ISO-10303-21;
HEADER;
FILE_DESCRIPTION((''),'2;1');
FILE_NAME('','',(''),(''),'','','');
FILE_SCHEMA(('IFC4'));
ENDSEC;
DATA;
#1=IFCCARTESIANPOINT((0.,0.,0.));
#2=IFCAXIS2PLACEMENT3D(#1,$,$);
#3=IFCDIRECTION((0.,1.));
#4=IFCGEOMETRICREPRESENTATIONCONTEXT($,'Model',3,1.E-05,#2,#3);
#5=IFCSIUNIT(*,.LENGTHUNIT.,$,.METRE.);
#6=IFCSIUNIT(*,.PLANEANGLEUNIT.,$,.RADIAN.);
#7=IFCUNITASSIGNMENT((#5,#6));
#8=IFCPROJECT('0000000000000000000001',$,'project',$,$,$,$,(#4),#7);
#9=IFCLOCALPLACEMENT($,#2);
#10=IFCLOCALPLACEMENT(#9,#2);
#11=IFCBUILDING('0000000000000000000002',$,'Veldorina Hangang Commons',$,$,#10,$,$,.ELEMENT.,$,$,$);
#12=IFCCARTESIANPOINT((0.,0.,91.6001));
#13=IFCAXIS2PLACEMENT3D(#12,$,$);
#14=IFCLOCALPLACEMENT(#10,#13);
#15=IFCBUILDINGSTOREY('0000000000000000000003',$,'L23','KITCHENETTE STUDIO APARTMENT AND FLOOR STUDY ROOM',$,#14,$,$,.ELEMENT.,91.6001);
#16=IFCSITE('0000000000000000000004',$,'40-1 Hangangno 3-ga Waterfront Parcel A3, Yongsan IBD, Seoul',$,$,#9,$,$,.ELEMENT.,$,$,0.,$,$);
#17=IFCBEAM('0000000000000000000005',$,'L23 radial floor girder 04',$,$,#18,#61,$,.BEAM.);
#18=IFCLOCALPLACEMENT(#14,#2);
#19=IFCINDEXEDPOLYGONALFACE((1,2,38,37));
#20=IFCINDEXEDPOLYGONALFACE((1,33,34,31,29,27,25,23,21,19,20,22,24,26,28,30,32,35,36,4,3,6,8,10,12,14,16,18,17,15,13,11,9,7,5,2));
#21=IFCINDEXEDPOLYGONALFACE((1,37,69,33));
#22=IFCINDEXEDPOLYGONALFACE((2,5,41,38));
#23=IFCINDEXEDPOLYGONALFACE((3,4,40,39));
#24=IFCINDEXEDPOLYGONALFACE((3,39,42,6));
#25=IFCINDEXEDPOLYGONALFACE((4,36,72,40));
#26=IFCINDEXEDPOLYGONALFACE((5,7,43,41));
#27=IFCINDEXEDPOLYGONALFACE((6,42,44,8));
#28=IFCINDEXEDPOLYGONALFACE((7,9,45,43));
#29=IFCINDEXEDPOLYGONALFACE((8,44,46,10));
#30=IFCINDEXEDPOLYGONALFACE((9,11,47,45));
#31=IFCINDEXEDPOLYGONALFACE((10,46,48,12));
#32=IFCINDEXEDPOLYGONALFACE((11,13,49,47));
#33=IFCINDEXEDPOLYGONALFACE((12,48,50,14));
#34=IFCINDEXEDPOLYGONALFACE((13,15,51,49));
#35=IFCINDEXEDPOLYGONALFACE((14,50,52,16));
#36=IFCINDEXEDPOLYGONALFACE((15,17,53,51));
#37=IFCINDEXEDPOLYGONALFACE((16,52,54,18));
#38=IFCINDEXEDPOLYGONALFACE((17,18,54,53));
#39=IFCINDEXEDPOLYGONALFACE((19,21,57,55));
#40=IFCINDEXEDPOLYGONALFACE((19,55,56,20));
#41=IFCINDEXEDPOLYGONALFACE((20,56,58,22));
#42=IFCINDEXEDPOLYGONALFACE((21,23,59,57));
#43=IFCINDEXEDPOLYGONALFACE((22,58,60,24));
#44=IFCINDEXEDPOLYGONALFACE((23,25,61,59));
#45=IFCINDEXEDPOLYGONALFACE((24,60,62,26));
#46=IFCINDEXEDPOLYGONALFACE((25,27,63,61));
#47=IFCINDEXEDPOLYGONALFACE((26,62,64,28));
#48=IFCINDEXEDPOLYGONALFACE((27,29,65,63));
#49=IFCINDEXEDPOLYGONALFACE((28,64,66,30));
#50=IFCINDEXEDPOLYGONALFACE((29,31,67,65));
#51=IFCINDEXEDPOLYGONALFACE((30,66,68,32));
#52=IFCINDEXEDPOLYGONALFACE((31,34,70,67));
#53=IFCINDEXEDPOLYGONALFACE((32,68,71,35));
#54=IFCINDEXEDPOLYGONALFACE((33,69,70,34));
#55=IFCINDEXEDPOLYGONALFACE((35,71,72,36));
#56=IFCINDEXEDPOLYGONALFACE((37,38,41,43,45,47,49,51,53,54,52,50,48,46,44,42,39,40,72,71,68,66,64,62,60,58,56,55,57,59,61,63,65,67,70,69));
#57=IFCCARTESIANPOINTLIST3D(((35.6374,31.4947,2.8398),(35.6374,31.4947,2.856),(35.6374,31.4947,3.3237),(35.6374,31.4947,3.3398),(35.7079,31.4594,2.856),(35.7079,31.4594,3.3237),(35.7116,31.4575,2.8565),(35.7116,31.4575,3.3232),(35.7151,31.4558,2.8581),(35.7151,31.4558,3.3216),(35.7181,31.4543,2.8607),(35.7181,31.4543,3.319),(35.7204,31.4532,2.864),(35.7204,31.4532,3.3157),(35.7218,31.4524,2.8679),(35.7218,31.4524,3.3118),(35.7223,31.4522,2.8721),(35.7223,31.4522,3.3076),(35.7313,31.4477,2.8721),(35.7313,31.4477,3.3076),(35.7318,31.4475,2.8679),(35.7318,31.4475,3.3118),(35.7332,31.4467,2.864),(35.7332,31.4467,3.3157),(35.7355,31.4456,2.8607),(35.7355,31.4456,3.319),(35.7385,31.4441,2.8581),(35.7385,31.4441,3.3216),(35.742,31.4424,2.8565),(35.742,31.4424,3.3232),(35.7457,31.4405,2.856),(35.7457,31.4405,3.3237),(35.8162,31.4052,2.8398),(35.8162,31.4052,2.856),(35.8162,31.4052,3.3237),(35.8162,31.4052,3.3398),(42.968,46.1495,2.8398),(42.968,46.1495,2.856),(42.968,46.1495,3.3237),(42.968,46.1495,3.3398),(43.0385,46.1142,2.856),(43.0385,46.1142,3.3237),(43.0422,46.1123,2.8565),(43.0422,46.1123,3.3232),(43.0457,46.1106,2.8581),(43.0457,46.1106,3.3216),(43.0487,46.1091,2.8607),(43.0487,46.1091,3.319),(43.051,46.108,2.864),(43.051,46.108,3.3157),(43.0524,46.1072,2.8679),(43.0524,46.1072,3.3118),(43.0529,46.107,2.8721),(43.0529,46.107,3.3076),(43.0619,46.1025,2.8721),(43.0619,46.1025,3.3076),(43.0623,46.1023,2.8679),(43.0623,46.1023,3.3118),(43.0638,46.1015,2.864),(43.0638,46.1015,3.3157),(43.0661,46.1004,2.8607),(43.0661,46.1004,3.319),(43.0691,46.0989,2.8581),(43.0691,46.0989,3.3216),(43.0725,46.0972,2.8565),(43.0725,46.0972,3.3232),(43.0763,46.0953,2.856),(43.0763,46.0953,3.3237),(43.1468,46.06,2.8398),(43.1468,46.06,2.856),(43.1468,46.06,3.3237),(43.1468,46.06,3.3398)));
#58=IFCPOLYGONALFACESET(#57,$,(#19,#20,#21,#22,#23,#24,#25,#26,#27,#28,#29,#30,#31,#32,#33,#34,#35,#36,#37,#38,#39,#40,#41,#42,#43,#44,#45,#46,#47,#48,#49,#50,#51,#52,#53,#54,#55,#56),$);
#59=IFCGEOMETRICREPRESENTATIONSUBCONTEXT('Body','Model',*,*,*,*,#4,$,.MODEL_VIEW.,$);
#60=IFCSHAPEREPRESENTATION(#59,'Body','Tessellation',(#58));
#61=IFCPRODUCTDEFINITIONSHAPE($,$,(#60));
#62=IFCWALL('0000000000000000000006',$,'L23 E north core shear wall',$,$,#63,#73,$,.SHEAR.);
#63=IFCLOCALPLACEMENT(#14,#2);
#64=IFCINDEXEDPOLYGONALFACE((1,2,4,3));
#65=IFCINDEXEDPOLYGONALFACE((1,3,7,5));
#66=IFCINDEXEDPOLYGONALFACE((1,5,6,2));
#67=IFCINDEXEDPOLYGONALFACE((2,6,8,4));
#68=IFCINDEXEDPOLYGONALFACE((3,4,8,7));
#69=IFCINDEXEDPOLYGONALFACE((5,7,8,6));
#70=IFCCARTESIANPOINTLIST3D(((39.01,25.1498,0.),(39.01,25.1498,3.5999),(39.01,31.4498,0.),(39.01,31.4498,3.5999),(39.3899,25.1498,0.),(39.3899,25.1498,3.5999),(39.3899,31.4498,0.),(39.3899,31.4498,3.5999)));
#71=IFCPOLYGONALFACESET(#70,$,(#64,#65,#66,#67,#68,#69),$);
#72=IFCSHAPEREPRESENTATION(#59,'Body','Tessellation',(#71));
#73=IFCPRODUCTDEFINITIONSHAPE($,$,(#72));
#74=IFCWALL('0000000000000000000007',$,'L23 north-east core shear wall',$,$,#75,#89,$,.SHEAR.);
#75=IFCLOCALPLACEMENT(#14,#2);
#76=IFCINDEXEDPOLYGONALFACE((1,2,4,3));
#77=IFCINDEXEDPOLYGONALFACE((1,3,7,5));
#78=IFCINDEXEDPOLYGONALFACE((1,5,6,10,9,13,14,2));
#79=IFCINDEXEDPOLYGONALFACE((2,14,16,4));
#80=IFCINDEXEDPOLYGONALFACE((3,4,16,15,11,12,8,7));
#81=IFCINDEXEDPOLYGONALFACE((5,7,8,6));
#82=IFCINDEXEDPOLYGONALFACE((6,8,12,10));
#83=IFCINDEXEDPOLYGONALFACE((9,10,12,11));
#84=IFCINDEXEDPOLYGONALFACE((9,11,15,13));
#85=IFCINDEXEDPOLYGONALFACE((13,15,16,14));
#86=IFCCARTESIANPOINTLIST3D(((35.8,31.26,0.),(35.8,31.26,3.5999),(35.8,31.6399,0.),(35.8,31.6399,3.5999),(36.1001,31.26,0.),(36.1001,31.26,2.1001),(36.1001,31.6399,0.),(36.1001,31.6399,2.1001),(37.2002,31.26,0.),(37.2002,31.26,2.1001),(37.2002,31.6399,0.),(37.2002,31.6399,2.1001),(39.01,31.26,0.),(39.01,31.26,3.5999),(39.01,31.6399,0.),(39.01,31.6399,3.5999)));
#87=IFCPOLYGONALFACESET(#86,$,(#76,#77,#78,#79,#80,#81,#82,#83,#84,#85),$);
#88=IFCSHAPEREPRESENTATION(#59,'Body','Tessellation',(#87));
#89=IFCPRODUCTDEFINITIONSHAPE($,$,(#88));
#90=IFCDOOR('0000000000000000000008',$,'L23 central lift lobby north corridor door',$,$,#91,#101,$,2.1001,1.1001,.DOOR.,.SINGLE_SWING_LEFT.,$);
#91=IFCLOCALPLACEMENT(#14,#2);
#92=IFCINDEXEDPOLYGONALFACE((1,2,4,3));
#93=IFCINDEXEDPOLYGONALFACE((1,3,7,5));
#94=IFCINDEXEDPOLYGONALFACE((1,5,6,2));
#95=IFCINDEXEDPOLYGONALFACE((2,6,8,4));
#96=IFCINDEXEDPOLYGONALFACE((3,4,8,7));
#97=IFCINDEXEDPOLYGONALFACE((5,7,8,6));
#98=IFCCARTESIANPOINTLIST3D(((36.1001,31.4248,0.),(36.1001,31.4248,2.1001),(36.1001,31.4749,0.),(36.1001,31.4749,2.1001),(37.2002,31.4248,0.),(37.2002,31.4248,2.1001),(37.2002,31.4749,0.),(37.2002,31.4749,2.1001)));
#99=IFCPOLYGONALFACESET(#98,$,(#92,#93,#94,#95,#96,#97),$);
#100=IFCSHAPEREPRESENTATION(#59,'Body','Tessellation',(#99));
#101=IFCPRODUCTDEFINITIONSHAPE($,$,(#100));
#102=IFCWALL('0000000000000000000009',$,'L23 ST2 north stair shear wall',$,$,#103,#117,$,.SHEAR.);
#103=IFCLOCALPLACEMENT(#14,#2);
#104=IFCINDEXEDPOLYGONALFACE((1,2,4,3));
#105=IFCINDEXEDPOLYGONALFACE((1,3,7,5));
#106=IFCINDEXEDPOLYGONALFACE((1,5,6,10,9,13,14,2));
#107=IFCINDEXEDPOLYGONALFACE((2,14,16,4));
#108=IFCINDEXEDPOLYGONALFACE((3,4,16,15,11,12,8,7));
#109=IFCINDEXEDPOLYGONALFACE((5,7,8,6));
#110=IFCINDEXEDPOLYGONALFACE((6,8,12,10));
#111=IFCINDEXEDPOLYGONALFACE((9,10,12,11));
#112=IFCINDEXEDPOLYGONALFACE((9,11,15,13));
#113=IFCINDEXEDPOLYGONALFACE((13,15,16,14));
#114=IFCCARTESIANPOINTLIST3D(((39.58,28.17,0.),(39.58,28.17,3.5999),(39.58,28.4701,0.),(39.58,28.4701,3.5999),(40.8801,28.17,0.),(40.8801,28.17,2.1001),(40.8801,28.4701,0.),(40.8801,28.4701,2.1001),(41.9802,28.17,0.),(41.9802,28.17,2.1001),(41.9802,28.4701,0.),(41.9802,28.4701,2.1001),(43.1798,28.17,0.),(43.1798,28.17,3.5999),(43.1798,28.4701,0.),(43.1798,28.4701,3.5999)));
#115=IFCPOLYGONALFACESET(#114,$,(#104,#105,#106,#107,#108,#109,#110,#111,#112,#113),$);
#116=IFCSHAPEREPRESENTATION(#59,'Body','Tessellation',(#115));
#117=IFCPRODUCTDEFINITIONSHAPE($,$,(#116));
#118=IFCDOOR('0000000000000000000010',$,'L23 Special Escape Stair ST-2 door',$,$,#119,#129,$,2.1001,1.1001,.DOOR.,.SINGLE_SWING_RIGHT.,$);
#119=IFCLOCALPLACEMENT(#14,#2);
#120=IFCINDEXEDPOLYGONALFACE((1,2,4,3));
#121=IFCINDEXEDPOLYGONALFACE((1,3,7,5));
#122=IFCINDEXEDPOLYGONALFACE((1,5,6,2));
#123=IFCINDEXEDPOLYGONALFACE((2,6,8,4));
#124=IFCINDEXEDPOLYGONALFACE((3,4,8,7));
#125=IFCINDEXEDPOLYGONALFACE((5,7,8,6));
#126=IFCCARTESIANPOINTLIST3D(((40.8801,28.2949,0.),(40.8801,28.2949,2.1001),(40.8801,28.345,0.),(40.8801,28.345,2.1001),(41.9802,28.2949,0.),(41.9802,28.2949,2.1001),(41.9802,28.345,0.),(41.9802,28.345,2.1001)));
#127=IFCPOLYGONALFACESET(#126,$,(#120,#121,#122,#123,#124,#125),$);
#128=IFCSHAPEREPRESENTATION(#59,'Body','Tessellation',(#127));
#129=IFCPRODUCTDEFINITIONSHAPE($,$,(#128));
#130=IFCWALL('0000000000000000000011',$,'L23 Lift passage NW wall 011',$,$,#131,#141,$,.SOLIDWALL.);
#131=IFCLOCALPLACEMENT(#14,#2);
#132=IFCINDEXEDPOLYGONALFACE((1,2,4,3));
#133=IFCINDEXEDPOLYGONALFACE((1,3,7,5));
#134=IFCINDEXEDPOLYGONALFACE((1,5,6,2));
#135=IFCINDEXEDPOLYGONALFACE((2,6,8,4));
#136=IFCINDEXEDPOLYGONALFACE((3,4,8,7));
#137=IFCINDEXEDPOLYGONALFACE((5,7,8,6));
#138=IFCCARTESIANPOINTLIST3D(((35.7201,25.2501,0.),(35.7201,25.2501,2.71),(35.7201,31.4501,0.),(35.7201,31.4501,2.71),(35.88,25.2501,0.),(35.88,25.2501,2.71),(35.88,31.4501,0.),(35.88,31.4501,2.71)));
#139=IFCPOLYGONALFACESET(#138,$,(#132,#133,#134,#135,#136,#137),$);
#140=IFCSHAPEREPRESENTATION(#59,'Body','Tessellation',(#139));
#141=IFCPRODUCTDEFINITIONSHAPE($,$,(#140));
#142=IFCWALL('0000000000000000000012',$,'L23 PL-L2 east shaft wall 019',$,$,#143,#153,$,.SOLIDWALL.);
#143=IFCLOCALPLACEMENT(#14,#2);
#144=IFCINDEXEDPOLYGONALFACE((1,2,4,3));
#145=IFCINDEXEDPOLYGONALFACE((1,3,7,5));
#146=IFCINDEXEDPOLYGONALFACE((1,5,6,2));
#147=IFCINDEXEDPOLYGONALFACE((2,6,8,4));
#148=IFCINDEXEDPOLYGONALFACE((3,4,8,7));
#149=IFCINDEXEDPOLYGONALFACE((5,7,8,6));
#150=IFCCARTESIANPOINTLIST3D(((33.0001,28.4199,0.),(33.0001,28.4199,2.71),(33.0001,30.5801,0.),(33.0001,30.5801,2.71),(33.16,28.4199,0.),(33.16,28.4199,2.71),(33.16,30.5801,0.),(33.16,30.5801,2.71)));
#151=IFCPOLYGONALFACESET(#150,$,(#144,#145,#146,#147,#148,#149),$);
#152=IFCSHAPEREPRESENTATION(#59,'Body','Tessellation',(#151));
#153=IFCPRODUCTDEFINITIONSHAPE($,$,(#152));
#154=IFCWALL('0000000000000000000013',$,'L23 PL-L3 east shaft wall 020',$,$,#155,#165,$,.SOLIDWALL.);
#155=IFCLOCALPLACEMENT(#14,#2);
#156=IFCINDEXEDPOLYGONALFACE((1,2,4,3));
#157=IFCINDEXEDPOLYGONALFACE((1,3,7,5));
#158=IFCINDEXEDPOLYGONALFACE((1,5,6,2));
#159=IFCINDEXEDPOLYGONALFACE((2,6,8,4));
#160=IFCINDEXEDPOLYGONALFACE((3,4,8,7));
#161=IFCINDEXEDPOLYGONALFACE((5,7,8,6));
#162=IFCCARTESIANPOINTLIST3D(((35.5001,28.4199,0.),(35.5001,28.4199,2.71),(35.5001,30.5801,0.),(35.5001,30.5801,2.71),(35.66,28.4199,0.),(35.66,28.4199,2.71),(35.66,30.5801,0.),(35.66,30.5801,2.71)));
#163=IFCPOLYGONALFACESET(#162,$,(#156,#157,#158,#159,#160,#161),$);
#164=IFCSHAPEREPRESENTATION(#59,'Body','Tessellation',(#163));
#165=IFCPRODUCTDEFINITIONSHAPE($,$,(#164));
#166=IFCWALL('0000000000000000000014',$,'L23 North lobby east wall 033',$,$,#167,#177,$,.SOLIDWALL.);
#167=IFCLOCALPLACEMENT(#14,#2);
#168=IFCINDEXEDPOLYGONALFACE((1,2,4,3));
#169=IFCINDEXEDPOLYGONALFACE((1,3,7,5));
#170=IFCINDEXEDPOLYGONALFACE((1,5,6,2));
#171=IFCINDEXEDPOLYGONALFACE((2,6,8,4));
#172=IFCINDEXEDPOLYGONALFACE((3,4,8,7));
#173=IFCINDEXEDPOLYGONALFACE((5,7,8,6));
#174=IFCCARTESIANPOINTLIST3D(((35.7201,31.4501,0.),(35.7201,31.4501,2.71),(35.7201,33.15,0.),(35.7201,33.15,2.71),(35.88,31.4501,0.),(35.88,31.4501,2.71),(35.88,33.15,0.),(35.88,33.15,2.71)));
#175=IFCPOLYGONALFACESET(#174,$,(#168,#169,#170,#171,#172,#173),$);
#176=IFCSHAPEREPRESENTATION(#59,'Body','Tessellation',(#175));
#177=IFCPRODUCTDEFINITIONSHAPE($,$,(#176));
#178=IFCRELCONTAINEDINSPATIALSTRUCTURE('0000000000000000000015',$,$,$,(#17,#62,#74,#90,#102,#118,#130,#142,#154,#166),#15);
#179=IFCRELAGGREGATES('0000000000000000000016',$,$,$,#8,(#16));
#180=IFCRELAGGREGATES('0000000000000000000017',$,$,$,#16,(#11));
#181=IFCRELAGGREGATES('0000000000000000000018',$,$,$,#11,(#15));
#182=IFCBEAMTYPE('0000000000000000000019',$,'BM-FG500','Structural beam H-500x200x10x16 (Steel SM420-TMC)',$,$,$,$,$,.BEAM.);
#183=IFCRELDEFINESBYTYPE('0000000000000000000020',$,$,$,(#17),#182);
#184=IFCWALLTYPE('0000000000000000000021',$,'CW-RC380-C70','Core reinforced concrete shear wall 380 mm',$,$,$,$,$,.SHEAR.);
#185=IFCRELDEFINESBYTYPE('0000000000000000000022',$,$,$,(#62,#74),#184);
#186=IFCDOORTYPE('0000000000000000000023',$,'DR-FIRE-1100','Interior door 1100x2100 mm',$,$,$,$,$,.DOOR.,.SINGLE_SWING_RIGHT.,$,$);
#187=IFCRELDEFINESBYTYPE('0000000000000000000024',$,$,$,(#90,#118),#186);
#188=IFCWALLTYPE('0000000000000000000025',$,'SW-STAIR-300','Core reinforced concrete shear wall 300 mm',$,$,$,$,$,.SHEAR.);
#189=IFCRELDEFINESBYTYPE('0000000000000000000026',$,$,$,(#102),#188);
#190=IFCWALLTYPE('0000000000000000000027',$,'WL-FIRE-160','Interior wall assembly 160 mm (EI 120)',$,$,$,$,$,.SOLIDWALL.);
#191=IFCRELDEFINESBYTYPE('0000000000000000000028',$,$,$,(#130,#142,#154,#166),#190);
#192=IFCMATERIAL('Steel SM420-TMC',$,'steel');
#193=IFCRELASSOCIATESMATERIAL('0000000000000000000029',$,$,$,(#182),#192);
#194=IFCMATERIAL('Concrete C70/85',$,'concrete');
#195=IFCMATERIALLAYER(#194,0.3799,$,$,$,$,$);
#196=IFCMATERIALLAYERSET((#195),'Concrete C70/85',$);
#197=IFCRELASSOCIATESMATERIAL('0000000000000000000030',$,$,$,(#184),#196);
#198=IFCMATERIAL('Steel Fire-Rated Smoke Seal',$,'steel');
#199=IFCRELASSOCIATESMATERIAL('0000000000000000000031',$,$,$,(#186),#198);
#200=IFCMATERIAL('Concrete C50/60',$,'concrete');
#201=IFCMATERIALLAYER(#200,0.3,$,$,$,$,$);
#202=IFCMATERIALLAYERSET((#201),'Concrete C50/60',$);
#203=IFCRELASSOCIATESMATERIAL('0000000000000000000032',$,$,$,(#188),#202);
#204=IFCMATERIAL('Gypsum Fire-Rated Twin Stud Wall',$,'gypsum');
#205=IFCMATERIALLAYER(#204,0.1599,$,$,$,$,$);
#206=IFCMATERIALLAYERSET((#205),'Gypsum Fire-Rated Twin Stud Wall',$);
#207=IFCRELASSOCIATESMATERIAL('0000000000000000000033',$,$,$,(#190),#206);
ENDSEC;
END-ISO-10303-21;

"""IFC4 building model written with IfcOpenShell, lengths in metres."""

from ifc_helpers import new_model, si_unit, direction, frame, frame_2d, origin, origin_2d, place, context, subcontext, project, spatial, rectangle, i_section, extrude, material, layer, layer_set, material_profile, profile_set, type_object, element, fill, save


model = new_model("IFC4")

# Units and contexts
model_context = context("Model", 3, precision=1e-05, world=origin(), true_north=direction((0.0, 1.0)))
body_context = subcontext(model_context, "Body", "Model", "MODEL_VIEW")
ifc_project = project(units=[si_unit("LENGTHUNIT", "METRE"), si_unit("PLANEANGLEUNIT", "RADIAN")], contexts=[model_context])

# Site, building, storey
site_placement = place(None, origin())
site = spatial("IfcSite", under=ifc_project, at=site_placement, Name="40-1 Hangangno 3-ga Waterfront Parcel A3, Yongsan IBD, Seoul", CompositionType="ELEMENT", RefElevation=0.0)
building_placement = place(site_placement, origin())
building = spatial("IfcBuilding", under=site, at=building_placement, Name="Veldorina Hangang Commons", CompositionType="ELEMENT")
storey_placement = place(building_placement, frame((0.0, 0.0, 91.6001)))
storey = spatial("IfcBuildingStorey", under=building, at=storey_placement, Name="L23", Description="KITCHENETTE STUDIO APARTMENT AND FLOOR STUDY ROOM", CompositionType="ELEMENT", Elevation=91.6001)

# Beam
ifc_material_1 = material(Name="Concrete C70/85", Category="concrete")
ifc_material_2 = material(Name="Steel SM420-TMC", Category="steel")
ifc_material_profile_1 = material_profile(ifc_material_2, i_section(OverallWidth=0.2, OverallDepth=0.5, WebThickness=0.01, FlangeThickness=0.0161, FilletRadius=0.0161, at=origin_2d()), Name="H-500x200x10x16")
ifc_profile_set_1 = profile_set([ifc_material_profile_1], Name="Steel SM420-TMC")
beam_type_1 = type_object("IfcBeamType", Name="BM-FG500", Description="Structural beam H-500x200x10x16 (Steel SM420-TMC)", PredefinedType="BEAM", material=ifc_profile_set_1)
beam_1_placement = place(storey_placement, frame((35.7268, 31.45, 3.0898), z_axis=(0.447369, 0.89435, 0.0), x_axis=(-0.89435, 0.447369, 0.0)))
element("IfcBeam", 1, at=beam_1_placement, inside=storey, type_object=beam_type_1, Name="L23 radial floor girder 04", PredefinedType="BEAM", context=body_context, shape_type="SweptSolid", body=[
    extrude(i_section(OverallWidth=0.2, OverallDepth=0.5, WebThickness=0.01, FlangeThickness=0.0161, FilletRadius=0.0161, at=origin_2d()), origin(), (0.0, 0.0, 1.0), 16.386),
])

# Wall
ifc_layer_1 = layer(ifc_material_1, 0.3799)
ifc_layer_set_1 = layer_set([ifc_layer_1], Name="Concrete C70/85")
wall_type_1 = type_object("IfcWallType", Name="CW-RC380-C70", Description="Core reinforced concrete shear wall 380 mm", PredefinedType="SHEAR", material=ifc_layer_set_1)
wall_1_placement = place(storey_placement, frame((39.2, 25.1499, 0.0), z_axis=(0.0, 0.0, 1.0), x_axis=(0.0, 1.0, 0.0)))
element("IfcWall", 2, at=wall_1_placement, inside=storey, type_object=wall_type_1, Name="L23 E north core shear wall", PredefinedType="SHEAR", context=body_context, shape_type="SweptSolid", body=[
    extrude(rectangle(XDim=6.3, YDim=0.3799, at=frame_2d((3.1499, 0.0))), origin(), (0.0, 0.0, 1.0), 3.5999),
])

# Walls, openings, doors
wall_2_placement = place(storey_placement, frame((35.8, 31.45, 0.0), z_axis=(0.0, 0.0, 1.0), x_axis=(1.0, 0.0, 0.0)))
wall_2 = element("IfcWall", 3, at=wall_2_placement, inside=storey, type_object=wall_type_1, Name="L23 north-east core shear wall", PredefinedType="SHEAR", context=body_context, shape_type="SweptSolid", body=[
    extrude(rectangle(XDim=3.21, YDim=0.3799, at=frame_2d((1.605, 0.0))), origin(), (0.0, 0.0, 1.0), 3.5999),
])
opening_1_placement = place(wall_2_placement, frame((0.3, 0.0, 0.0)))
opening_1 = element("IfcOpeningElement", 4, at=opening_1_placement, cuts=wall_2, PredefinedType="OPENING", context=body_context, shape_type="SweptSolid", body=[
    extrude(rectangle(XDim=1.1001, YDim=2.1001, at=frame_2d((0.55, 1.05))), frame((0.0, 0.2, 0.0), z_axis=(0.0, -1.0, 0.0), x_axis=(1.0, 0.0, 0.0)), (0.0, 0.0, 1.0), 0.3999),
])
ifc_material_3 = material(Name="Steel Fire-Rated Smoke Seal", Category="steel")
door_type_1 = type_object("IfcDoorType", Name="DR-FIRE-1100", Description="Interior door 1100x2100 mm", OperationType="SINGLE_SWING_RIGHT", PredefinedType="DOOR", material=ifc_material_3)
door_1_placement = place(opening_1_placement, origin())
door_1 = element("IfcDoor", 5, at=door_1_placement, inside=storey, type_object=door_type_1, Name="L23 central lift lobby north corridor door", OperationType="SINGLE_SWING_LEFT", OverallHeight=2.1001, OverallWidth=1.1001, PredefinedType="DOOR", context=body_context, shape_type="SweptSolid", body=[
    extrude(rectangle(XDim=1.1001, YDim=2.1001, at=frame_2d((0.55, 1.05))), frame((0.0, 0.0249, 0.0), z_axis=(0.0, -1.0, 0.0), x_axis=(1.0, 0.0, 0.0)), (0.0, 0.0, 1.0), 0.05),
])
fill(opening_1, door_1)
ifc_material_4 = material(Name="Concrete C50/60", Category="concrete")
ifc_layer_2 = layer(ifc_material_4, 0.3)
ifc_layer_set_2 = layer_set([ifc_layer_2], Name="Concrete C50/60")
wall_type_2 = type_object("IfcWallType", Name="SW-STAIR-300", Description="Core reinforced concrete shear wall 300 mm", PredefinedType="SHEAR", material=ifc_layer_set_2)
wall_3_placement = place(storey_placement, frame((39.5801, 28.3201, 0.0), z_axis=(0.0, 0.0, 1.0), x_axis=(1.0, 0.0, 0.0)))
wall_3 = element("IfcWall", 6, at=wall_3_placement, inside=storey, type_object=wall_type_2, Name="L23 ST2 north stair shear wall", PredefinedType="SHEAR", context=body_context, shape_type="SweptSolid", body=[
    extrude(rectangle(XDim=3.5999, YDim=0.3, at=frame_2d((1.7998, 0.0))), origin(), (0.0, 0.0, 1.0), 3.5999),
])
opening_2_placement = place(wall_3_placement, frame((1.3, 0.0, 0.0)))
opening_2 = element("IfcOpeningElement", 7, at=opening_2_placement, cuts=wall_3, PredefinedType="OPENING", context=body_context, shape_type="SweptSolid", body=[
    extrude(rectangle(XDim=1.1001, YDim=2.1001, at=frame_2d((0.55, 1.05))), frame((0.0, 0.1602, 0.0), z_axis=(0.0, -1.0, 0.0), x_axis=(1.0, 0.0, 0.0)), (0.0, 0.0, 1.0), 0.3201),
])
door_2_placement = place(opening_2_placement, origin())
door_2 = element("IfcDoor", 8, at=door_2_placement, inside=storey, type_object=door_type_1, Name="L23 Special Escape Stair ST-2 door", OperationType="SINGLE_SWING_RIGHT", OverallHeight=2.1001, OverallWidth=1.1001, PredefinedType="DOOR", context=body_context, shape_type="SweptSolid", body=[
    extrude(rectangle(XDim=1.1001, YDim=2.1001, at=frame_2d((0.55, 1.05))), frame((0.0, 0.0249, 0.0), z_axis=(0.0, -1.0, 0.0), x_axis=(1.0, 0.0, 0.0)), (0.0, 0.0, 1.0), 0.05),
])
fill(opening_2, door_2)

# Walls
ifc_material_5 = material(Name="Gypsum Fire-Rated Twin Stud Wall", Category="gypsum")
ifc_layer_3 = layer(ifc_material_5, 0.1599)
ifc_layer_set_3 = layer_set([ifc_layer_3], Name="Gypsum Fire-Rated Twin Stud Wall")
wall_type_3 = type_object("IfcWallType", Name="WL-FIRE-160", Description="Interior wall assembly 160 mm (EI 120)", PredefinedType="SOLIDWALL", material=ifc_layer_set_3)
wall_4_placement = place(storey_placement, frame((35.8, 25.25, 0.0), z_axis=(0.0, 0.0, 1.0), x_axis=(0.0, 1.0, 0.0)))
element("IfcWall", 9, at=wall_4_placement, inside=storey, type_object=wall_type_3, Name="L23 Lift passage NW wall 011", PredefinedType="SOLIDWALL", context=body_context, shape_type="SweptSolid", body=[
    extrude(rectangle(XDim=6.2, YDim=0.1599, at=frame_2d((3.1001, 0.0))), origin(), (0.0, 0.0, 1.0), 2.71),
])
for number, where, z_axis, x_axis, name in (
    (10, (33.0801, 28.4199, 0.0), (0.0, 0.0, 1.0), (0.0, 1.0, 0.0), "L23 PL-L2 east shaft wall 019"),
    (11, (35.5801, 28.4199, 0.0), (0.0, 0.0, 1.0), (0.0, 1.0, 0.0), "L23 PL-L3 east shaft wall 020"),
):
    element("IfcWall", number, at=place(storey_placement, frame(where, z_axis=z_axis, x_axis=x_axis)), inside=storey, type_object=wall_type_3, Name=name, PredefinedType="SOLIDWALL", context=body_context, shape_type="SweptSolid", body=[
        extrude(rectangle(XDim=2.1602, YDim=0.1599, at=frame_2d((1.0801, 0.0))), origin(), (0.0, 0.0, 1.0), 2.71),
    ])
wall_5_placement = place(storey_placement, frame((35.8, 31.45, 0.0), z_axis=(0.0, 0.0, 1.0), x_axis=(0.0, 1.0, 0.0)))
element("IfcWall", 12, at=wall_5_placement, inside=storey, type_object=wall_type_3, Name="L23 North lobby east wall 033", PredefinedType="SOLIDWALL", context=body_context, shape_type="SweptSolid", body=[
    extrude(rectangle(XDim=1.7, YDim=0.1599, at=frame_2d((0.8501, 0.0))), origin(), (0.0, 0.0, 1.0), 2.71),
])

save(model, "model.ifc")
